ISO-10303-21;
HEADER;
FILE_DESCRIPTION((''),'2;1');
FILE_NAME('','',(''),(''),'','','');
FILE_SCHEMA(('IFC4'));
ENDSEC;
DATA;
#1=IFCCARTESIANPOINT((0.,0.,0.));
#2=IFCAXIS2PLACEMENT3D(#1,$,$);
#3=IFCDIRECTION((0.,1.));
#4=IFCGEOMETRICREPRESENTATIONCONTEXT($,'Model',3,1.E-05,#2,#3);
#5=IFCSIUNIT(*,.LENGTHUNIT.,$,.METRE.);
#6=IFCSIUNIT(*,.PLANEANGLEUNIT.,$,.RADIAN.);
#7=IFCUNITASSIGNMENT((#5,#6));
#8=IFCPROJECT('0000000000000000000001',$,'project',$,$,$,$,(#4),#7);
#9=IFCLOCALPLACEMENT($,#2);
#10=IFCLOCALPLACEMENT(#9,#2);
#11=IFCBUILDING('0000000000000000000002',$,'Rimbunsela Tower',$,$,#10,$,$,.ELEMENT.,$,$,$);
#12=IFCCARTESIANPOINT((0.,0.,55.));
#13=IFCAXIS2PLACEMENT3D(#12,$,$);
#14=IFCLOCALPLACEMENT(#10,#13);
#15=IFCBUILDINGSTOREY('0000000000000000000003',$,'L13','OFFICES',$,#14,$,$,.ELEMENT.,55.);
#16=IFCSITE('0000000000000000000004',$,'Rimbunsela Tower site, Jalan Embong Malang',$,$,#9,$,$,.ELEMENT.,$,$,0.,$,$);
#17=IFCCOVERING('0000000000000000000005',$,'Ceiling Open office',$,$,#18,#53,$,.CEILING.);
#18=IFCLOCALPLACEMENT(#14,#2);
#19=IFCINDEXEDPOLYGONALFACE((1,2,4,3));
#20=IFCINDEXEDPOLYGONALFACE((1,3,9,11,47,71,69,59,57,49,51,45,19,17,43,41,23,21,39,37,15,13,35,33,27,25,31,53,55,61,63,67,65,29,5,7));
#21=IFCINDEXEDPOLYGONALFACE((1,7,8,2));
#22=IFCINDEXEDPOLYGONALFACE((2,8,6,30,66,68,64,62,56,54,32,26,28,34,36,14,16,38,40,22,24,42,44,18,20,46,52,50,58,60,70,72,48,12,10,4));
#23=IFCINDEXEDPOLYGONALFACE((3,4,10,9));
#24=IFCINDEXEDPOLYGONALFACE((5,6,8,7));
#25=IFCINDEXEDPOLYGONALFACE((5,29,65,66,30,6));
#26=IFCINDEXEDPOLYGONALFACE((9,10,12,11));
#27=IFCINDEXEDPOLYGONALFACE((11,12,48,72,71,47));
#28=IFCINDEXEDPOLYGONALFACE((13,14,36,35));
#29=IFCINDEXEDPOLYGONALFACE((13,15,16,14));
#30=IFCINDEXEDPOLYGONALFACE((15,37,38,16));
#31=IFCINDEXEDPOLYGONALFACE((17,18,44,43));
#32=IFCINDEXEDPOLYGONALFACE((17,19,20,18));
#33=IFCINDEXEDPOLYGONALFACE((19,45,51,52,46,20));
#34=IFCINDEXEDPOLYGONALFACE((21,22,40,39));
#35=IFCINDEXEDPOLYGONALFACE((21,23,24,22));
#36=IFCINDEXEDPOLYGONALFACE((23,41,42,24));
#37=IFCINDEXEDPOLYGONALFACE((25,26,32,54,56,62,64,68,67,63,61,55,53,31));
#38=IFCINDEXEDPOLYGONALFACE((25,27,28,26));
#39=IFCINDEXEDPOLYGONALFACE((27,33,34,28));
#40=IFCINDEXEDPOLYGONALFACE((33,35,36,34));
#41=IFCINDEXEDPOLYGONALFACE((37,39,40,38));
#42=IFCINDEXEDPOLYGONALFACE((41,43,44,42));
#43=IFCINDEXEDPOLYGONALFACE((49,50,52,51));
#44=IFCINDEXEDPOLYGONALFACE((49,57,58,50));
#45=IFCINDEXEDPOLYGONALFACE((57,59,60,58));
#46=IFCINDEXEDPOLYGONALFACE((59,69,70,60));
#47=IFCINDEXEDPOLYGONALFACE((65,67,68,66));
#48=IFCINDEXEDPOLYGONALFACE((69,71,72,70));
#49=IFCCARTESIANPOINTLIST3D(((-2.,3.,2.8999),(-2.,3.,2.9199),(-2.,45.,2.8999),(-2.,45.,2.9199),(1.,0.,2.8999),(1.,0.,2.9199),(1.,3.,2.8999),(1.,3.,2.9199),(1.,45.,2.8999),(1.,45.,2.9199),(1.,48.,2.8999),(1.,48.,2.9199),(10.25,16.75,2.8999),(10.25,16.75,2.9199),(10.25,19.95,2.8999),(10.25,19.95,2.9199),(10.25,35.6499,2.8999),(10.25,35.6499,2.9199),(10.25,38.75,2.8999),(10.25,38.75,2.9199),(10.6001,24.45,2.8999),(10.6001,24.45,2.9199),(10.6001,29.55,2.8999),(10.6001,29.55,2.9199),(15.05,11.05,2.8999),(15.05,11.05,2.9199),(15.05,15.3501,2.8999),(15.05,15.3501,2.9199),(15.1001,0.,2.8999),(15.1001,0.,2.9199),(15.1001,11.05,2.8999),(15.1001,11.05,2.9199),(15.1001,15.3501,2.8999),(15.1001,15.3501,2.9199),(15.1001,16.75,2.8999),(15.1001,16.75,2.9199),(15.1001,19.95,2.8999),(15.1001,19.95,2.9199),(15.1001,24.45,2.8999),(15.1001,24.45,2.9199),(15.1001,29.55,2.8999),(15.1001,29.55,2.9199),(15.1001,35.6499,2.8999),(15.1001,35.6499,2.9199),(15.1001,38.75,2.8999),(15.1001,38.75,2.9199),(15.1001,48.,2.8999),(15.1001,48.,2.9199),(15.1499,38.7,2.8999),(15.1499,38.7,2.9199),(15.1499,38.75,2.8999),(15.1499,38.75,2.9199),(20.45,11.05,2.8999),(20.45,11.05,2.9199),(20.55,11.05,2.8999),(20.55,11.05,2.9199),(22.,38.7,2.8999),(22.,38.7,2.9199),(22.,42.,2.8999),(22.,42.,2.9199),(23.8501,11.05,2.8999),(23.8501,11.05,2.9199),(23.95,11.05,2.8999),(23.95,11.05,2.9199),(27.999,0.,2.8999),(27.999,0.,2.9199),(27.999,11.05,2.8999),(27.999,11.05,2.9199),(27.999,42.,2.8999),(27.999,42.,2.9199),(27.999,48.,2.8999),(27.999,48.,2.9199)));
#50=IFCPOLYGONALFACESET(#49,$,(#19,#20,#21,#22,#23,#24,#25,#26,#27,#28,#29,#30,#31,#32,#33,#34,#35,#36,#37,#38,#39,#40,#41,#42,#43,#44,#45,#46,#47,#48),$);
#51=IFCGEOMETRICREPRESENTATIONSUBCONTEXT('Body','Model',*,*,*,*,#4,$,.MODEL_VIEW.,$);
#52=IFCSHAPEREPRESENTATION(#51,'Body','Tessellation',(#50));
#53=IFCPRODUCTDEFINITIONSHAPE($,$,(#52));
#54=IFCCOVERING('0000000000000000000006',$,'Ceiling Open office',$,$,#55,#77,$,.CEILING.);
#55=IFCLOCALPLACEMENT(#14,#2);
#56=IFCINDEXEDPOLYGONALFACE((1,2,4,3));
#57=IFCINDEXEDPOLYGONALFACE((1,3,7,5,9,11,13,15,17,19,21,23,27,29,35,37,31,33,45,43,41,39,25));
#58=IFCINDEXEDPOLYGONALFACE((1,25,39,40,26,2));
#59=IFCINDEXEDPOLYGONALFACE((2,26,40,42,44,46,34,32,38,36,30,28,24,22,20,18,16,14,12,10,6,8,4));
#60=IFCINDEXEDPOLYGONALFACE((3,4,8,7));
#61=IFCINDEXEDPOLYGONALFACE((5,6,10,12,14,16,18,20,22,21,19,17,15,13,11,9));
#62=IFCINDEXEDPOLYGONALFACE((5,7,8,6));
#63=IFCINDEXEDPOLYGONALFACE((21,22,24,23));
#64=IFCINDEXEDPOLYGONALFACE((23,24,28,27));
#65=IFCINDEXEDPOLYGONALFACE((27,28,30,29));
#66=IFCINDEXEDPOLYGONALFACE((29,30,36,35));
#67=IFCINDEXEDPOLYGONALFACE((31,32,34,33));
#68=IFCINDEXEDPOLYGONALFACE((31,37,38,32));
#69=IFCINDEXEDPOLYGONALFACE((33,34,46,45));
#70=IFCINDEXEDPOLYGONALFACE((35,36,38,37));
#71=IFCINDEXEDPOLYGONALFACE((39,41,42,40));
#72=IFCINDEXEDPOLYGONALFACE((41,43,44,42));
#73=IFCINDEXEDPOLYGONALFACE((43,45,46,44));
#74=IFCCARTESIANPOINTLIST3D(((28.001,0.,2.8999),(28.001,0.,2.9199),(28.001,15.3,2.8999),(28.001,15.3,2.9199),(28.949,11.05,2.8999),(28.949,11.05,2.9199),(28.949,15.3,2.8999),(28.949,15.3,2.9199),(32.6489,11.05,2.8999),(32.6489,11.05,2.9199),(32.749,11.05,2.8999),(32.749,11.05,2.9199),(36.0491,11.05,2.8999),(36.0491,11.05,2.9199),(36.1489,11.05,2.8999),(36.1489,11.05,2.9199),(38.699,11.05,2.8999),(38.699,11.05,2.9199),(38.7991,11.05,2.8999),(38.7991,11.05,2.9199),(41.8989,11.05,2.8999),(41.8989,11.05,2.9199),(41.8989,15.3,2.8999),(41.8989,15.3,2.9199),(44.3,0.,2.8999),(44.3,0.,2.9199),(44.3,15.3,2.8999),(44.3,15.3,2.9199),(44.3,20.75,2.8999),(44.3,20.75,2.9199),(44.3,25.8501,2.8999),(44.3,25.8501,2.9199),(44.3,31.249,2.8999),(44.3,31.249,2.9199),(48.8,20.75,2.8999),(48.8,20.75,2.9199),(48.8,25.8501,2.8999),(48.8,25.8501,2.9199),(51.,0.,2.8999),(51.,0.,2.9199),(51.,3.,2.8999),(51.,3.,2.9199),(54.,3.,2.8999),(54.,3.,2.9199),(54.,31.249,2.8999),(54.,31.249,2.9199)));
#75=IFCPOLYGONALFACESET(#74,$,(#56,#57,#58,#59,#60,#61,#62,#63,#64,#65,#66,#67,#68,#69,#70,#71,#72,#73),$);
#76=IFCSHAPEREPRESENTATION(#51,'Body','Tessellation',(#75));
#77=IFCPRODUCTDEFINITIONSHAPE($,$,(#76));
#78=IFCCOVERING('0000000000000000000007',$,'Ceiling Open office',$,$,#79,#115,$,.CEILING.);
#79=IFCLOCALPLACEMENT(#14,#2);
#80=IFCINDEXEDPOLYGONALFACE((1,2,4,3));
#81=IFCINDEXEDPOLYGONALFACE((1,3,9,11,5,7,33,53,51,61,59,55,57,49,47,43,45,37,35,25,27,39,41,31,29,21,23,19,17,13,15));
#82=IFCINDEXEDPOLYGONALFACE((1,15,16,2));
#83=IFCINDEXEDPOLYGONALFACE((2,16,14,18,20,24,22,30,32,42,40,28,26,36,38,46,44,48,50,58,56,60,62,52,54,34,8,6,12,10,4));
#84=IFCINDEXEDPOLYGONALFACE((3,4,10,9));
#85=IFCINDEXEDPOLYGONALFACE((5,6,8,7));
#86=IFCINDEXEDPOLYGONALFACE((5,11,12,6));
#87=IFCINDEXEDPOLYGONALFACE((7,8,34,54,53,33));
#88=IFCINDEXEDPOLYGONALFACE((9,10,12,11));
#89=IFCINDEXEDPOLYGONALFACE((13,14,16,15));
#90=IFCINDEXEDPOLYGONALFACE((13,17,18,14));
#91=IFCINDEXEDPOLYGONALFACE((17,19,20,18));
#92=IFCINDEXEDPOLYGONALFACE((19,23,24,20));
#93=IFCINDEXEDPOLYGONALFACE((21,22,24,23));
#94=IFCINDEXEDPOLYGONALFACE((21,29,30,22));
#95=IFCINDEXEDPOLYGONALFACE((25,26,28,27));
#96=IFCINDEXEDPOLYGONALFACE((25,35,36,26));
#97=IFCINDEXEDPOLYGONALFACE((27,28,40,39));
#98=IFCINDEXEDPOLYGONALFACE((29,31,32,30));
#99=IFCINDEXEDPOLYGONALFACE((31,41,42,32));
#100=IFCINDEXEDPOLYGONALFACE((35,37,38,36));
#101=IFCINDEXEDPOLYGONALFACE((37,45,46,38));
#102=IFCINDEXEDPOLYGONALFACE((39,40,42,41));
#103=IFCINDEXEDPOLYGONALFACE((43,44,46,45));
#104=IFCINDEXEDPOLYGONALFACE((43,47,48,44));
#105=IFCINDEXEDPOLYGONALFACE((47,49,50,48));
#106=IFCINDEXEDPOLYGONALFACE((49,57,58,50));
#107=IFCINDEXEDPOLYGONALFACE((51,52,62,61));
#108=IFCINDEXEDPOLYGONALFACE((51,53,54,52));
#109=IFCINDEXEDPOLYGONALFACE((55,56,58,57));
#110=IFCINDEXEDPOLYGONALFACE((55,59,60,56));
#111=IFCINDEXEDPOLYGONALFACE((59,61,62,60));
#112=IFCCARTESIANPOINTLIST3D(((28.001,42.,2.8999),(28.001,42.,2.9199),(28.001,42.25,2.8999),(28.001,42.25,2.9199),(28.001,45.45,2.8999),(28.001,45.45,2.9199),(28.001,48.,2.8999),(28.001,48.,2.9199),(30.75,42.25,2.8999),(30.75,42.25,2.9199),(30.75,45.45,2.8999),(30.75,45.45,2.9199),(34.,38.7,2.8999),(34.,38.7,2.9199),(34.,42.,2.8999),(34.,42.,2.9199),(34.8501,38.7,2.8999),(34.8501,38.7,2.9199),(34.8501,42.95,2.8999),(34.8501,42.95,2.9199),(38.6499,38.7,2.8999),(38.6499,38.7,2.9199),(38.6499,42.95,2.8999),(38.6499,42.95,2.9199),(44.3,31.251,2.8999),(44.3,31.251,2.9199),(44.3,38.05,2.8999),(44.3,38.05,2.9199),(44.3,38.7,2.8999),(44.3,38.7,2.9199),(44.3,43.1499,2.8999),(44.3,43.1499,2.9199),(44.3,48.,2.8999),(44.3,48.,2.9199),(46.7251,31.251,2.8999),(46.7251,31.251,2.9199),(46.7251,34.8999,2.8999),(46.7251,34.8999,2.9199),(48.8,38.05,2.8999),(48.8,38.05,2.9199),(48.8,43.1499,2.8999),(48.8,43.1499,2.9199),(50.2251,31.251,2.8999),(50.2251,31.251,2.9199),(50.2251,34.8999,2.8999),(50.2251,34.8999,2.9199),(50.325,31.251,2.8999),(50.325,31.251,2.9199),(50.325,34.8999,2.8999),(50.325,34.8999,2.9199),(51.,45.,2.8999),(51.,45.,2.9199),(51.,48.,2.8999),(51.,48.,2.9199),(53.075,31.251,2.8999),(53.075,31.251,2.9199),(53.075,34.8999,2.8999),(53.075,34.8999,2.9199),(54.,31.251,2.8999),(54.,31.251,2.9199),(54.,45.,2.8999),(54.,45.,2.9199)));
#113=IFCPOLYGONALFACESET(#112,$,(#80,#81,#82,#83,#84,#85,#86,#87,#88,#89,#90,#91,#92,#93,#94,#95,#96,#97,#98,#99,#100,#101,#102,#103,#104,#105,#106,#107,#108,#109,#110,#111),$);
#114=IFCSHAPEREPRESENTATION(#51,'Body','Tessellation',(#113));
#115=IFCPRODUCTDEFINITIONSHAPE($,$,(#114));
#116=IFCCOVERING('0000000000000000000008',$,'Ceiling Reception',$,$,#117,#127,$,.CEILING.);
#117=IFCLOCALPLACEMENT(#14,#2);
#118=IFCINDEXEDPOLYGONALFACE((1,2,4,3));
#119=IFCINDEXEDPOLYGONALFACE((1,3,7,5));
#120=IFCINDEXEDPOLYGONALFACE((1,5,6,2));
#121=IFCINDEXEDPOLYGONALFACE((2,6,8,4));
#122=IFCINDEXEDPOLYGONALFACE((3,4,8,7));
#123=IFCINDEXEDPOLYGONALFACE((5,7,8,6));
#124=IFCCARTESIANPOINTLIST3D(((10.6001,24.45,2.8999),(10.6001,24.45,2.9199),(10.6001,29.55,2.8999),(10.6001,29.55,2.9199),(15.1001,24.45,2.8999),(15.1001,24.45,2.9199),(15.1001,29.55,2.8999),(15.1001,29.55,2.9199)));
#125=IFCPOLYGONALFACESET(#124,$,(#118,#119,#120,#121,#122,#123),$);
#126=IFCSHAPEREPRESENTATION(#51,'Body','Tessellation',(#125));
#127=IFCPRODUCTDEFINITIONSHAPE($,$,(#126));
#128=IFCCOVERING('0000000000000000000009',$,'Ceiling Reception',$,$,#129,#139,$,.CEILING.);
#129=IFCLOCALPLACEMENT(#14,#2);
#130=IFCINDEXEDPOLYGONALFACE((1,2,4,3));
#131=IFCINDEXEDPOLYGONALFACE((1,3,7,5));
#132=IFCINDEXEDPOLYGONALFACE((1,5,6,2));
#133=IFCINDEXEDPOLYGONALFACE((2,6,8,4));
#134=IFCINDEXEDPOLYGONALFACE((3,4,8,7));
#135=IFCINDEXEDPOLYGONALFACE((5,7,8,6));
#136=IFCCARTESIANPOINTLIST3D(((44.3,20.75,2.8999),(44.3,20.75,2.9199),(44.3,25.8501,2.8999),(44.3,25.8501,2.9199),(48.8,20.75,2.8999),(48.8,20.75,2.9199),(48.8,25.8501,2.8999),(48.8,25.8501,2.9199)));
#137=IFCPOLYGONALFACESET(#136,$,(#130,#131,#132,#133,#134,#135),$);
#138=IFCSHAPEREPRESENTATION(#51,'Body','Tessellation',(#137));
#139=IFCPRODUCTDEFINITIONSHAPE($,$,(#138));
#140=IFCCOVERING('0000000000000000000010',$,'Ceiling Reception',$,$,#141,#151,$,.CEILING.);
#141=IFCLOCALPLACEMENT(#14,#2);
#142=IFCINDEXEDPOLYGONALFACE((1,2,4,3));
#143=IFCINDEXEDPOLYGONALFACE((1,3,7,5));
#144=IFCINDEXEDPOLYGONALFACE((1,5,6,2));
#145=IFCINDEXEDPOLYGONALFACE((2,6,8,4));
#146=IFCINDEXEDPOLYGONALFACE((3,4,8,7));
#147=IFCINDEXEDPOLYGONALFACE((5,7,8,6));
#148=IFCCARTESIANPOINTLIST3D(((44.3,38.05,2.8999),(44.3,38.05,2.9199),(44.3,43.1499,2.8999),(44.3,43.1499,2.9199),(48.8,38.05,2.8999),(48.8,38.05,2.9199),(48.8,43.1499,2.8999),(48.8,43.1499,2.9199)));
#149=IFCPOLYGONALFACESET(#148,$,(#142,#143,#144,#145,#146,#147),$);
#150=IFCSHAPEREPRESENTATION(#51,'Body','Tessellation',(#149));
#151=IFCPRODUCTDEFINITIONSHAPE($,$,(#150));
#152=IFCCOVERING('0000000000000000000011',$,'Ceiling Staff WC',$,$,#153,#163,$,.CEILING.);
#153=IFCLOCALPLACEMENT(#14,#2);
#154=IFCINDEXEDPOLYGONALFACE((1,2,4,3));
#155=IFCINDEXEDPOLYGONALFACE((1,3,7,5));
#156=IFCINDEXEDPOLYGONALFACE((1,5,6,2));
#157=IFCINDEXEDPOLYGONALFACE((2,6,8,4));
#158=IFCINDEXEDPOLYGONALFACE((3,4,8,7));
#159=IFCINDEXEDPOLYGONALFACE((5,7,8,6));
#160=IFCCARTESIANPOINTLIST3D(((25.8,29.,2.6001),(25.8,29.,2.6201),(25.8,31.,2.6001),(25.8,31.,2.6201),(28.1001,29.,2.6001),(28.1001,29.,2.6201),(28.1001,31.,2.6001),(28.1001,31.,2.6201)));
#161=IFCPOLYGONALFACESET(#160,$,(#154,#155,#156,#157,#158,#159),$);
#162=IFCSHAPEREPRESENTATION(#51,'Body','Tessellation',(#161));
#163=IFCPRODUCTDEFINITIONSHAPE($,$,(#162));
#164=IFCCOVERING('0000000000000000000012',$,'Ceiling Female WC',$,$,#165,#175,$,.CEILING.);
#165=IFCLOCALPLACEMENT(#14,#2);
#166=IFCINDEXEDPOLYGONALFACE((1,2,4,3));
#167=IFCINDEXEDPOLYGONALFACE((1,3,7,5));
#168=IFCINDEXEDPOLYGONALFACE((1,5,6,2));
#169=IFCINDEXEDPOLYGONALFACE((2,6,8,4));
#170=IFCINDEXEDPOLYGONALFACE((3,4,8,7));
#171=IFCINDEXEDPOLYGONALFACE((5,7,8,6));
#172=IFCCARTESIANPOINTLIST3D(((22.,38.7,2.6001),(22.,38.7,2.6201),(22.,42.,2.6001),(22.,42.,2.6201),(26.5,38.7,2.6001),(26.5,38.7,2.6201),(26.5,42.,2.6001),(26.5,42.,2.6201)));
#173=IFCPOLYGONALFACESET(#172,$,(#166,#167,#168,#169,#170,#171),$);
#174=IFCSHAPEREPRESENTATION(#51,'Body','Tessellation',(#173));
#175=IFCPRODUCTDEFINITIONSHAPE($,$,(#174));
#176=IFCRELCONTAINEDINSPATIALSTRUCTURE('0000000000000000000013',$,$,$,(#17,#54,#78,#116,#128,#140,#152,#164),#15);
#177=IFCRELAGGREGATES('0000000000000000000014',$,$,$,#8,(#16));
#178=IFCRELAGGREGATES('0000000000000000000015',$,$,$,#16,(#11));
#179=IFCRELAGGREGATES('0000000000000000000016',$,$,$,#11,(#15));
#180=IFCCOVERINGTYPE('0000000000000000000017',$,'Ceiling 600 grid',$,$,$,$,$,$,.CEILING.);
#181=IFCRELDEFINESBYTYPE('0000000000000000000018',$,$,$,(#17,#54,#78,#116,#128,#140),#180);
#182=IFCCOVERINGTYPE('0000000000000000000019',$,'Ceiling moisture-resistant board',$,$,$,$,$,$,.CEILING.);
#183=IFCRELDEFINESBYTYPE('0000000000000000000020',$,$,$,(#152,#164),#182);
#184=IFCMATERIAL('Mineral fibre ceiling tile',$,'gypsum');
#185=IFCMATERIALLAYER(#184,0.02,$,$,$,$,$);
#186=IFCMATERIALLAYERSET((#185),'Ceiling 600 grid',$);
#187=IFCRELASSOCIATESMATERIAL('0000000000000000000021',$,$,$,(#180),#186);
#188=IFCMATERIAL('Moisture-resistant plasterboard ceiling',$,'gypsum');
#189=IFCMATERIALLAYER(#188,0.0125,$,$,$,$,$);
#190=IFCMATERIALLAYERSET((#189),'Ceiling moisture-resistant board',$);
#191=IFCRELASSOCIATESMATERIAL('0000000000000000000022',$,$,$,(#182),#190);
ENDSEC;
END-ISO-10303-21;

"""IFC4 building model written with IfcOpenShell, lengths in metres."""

from ifc_helpers import new_model, si_unit, direction, frame, origin, place, context, subcontext, project, spatial, polyline, outline, extrude, material, layer, layer_set, type_object, element, save


model = new_model("IFC4")

# Units and contexts
model_context = context("Model", 3, precision=1e-05, world=origin(), true_north=direction((0.0, 1.0)))
body_context = subcontext(model_context, "Body", "Model", "MODEL_VIEW")
ifc_project = project(units=[si_unit("LENGTHUNIT", "METRE"), si_unit("PLANEANGLEUNIT", "RADIAN")], contexts=[model_context])

# Site, building, storey
site_placement = place(None, origin())
site = spatial("IfcSite", under=ifc_project, at=site_placement, Name="Rimbunsela Tower site, Jalan Embong Malang", CompositionType="ELEMENT", RefElevation=0.0)
building_placement = place(site_placement, origin())
building = spatial("IfcBuilding", under=site, at=building_placement, Name="Rimbunsela Tower", CompositionType="ELEMENT")
storey_placement = place(building_placement, frame((0.0, 0.0, 55.0)))
storey = spatial("IfcBuildingStorey", under=building, at=storey_placement, Name="L13", Description="OFFICES", CompositionType="ELEMENT", Elevation=55.0)

# Coverings
ifc_material_1 = material(Name="Mineral fibre ceiling tile", Category="gypsum")
ifc_layer_1 = layer(ifc_material_1, 0.02)
ifc_layer_set_1 = layer_set([ifc_layer_1], Name="Ceiling 600 grid")
covering_type_1 = type_object("IfcCoveringType", Name="Ceiling 600 grid", PredefinedType="CEILING", material=ifc_layer_set_1)
covering_1_placement = place(storey_placement, frame((0.0, 0.0, 2.8999)))
element("IfcCovering", 1, at=covering_1_placement, inside=storey, type_object=covering_type_1, Name="Ceiling Open office", PredefinedType="CEILING", context=body_context, shape_type="SweptSolid", body=[
    extrude(outline(polyline([(20.55, 11.05), (23.8501, 11.05), (23.95, 11.05), (27.999, 11.05), (27.999, 0.0), (15.1001, 0.0), (1.0, 0.0), (1.0, 3.0), (-2.0, 3.0), (-2.0, 45.0), (1.0, 45.0), (1.0, 48.0), (15.1001, 48.0), (27.999, 48.0), (27.999, 42.0), (22.0, 42.0), (22.0, 38.7), (15.1499, 38.7), (15.1499, 38.75), (15.1001, 38.75), (10.25, 38.75), (10.25, 35.6499), (15.1001, 35.6499), (15.1001, 29.55), (10.6001, 29.55), (10.6001, 24.45), (15.1001, 24.45), (15.1001, 19.95), (10.25, 19.95), (10.25, 16.75), (15.1001, 16.75), (15.1001, 15.3501), (15.05, 15.3501), (15.05, 11.05), (15.1001, 11.05), (20.45, 11.05), (20.55, 11.05)])), origin(), (0.0, 0.0, 1.0), 0.02),
])
covering_2_placement = place(storey_placement, frame((0.0, 0.0, 2.8999)))
element("IfcCovering", 2, at=covering_2_placement, inside=storey, type_object=covering_type_1, Name="Ceiling Open office", PredefinedType="CEILING", context=body_context, shape_type="SweptSolid", body=[
    extrude(outline(polyline([(28.001, 15.3), (28.949, 15.3), (28.949, 11.05), (32.6489, 11.05), (32.749, 11.05), (36.0491, 11.05), (36.1489, 11.05), (38.699, 11.05), (38.7991, 11.05), (41.8989, 11.05), (41.8989, 15.3), (44.3, 15.3), (44.3, 20.75), (48.8, 20.75), (48.8, 25.8501), (44.3, 25.8501), (44.3, 31.249), (54.0, 31.249), (54.0, 3.0), (51.0, 3.0), (51.0, 0.0), (44.3, 0.0), (28.001, 0.0), (28.001, 15.3)])), origin(), (0.0, 0.0, 1.0), 0.02),
])
covering_3_placement = place(storey_placement, frame((0.0, 0.0, 2.8999)))
element("IfcCovering", 3, at=covering_3_placement, inside=storey, type_object=covering_type_1, Name="Ceiling Open office", PredefinedType="CEILING", context=body_context, shape_type="SweptSolid", body=[
    extrude(outline(polyline([(44.3, 38.7), (38.6499, 38.7), (38.6499, 42.95), (34.8501, 42.95), (34.8501, 38.7), (34.0, 38.7), (34.0, 42.0), (28.001, 42.0), (28.001, 42.25), (30.75, 42.25), (30.75, 45.45), (28.001, 45.45), (28.001, 48.0), (44.3, 48.0), (51.0, 48.0), (51.0, 45.0), (54.0, 45.0), (54.0, 31.251), (53.075, 31.251), (53.075, 34.8999), (50.325, 34.8999), (50.325, 31.251), (50.2251, 31.251), (50.2251, 34.8999), (46.7251, 34.8999), (46.7251, 31.251), (44.3, 31.251), (44.3, 38.05), (48.8, 38.05), (48.8, 43.1499), (44.3, 43.1499), (44.3, 38.7)])), origin(), (0.0, 0.0, 1.0), 0.02),
])
covering_4_placement = place(storey_placement, frame((0.0, 0.0, 2.8999)))
element("IfcCovering", 4, at=covering_4_placement, inside=storey, type_object=covering_type_1, Name="Ceiling Reception", PredefinedType="CEILING", context=body_context, shape_type="SweptSolid", body=[
    extrude(outline(polyline([(15.1001, 24.45), (15.1001, 29.55), (10.6001, 29.55), (10.6001, 24.45), (15.1001, 24.45)])), origin(), (0.0, 0.0, 1.0), 0.02),
])
covering_5_placement = place(storey_placement, frame((0.0, 0.0, 2.8999)))
element("IfcCovering", 5, at=covering_5_placement, inside=storey, type_object=covering_type_1, Name="Ceiling Reception", PredefinedType="CEILING", context=body_context, shape_type="SweptSolid", body=[
    extrude(outline(polyline([(48.8, 20.75), (48.8, 25.8501), (44.3, 25.8501), (44.3, 20.75), (48.8, 20.75)])), origin(), (0.0, 0.0, 1.0), 0.02),
])
covering_6_placement = place(storey_placement, frame((0.0, 0.0, 2.8999)))
element("IfcCovering", 6, at=covering_6_placement, inside=storey, type_object=covering_type_1, Name="Ceiling Reception", PredefinedType="CEILING", context=body_context, shape_type="SweptSolid", body=[
    extrude(outline(polyline([(48.8, 38.05), (48.8, 43.1499), (44.3, 43.1499), (44.3, 38.05), (48.8, 38.05)])), origin(), (0.0, 0.0, 1.0), 0.02),
])
ifc_material_2 = material(Name="Moisture-resistant plasterboard ceiling", Category="gypsum")
ifc_layer_2 = layer(ifc_material_2, 0.0125)
ifc_layer_set_2 = layer_set([ifc_layer_2], Name="Ceiling moisture-resistant board")
covering_type_2 = type_object("IfcCoveringType", Name="Ceiling moisture-resistant board", PredefinedType="CEILING", material=ifc_layer_set_2)
covering_7_placement = place(storey_placement, frame((0.0, 0.0, 2.6001)))
element("IfcCovering", 7, at=covering_7_placement, inside=storey, type_object=covering_type_2, Name="Ceiling Staff WC", PredefinedType="CEILING", context=body_context, shape_type="SweptSolid", body=[
    extrude(outline(polyline([(28.1001, 29.0), (28.1001, 31.0), (25.8, 31.0), (25.8, 29.0), (28.1001, 29.0)])), origin(), (0.0, 0.0, 1.0), 0.02),
])
covering_8_placement = place(storey_placement, frame((0.0, 0.0, 2.6001)))
element("IfcCovering", 8, at=covering_8_placement, inside=storey, type_object=covering_type_2, Name="Ceiling Female WC", PredefinedType="CEILING", context=body_context, shape_type="SweptSolid", body=[
    extrude(outline(polyline([(26.5, 38.7), (26.5, 42.0), (22.0, 42.0), (22.0, 38.7), (26.5, 38.7)])), origin(), (0.0, 0.0, 1.0), 0.02),
])

save(model, "model.ifc")
